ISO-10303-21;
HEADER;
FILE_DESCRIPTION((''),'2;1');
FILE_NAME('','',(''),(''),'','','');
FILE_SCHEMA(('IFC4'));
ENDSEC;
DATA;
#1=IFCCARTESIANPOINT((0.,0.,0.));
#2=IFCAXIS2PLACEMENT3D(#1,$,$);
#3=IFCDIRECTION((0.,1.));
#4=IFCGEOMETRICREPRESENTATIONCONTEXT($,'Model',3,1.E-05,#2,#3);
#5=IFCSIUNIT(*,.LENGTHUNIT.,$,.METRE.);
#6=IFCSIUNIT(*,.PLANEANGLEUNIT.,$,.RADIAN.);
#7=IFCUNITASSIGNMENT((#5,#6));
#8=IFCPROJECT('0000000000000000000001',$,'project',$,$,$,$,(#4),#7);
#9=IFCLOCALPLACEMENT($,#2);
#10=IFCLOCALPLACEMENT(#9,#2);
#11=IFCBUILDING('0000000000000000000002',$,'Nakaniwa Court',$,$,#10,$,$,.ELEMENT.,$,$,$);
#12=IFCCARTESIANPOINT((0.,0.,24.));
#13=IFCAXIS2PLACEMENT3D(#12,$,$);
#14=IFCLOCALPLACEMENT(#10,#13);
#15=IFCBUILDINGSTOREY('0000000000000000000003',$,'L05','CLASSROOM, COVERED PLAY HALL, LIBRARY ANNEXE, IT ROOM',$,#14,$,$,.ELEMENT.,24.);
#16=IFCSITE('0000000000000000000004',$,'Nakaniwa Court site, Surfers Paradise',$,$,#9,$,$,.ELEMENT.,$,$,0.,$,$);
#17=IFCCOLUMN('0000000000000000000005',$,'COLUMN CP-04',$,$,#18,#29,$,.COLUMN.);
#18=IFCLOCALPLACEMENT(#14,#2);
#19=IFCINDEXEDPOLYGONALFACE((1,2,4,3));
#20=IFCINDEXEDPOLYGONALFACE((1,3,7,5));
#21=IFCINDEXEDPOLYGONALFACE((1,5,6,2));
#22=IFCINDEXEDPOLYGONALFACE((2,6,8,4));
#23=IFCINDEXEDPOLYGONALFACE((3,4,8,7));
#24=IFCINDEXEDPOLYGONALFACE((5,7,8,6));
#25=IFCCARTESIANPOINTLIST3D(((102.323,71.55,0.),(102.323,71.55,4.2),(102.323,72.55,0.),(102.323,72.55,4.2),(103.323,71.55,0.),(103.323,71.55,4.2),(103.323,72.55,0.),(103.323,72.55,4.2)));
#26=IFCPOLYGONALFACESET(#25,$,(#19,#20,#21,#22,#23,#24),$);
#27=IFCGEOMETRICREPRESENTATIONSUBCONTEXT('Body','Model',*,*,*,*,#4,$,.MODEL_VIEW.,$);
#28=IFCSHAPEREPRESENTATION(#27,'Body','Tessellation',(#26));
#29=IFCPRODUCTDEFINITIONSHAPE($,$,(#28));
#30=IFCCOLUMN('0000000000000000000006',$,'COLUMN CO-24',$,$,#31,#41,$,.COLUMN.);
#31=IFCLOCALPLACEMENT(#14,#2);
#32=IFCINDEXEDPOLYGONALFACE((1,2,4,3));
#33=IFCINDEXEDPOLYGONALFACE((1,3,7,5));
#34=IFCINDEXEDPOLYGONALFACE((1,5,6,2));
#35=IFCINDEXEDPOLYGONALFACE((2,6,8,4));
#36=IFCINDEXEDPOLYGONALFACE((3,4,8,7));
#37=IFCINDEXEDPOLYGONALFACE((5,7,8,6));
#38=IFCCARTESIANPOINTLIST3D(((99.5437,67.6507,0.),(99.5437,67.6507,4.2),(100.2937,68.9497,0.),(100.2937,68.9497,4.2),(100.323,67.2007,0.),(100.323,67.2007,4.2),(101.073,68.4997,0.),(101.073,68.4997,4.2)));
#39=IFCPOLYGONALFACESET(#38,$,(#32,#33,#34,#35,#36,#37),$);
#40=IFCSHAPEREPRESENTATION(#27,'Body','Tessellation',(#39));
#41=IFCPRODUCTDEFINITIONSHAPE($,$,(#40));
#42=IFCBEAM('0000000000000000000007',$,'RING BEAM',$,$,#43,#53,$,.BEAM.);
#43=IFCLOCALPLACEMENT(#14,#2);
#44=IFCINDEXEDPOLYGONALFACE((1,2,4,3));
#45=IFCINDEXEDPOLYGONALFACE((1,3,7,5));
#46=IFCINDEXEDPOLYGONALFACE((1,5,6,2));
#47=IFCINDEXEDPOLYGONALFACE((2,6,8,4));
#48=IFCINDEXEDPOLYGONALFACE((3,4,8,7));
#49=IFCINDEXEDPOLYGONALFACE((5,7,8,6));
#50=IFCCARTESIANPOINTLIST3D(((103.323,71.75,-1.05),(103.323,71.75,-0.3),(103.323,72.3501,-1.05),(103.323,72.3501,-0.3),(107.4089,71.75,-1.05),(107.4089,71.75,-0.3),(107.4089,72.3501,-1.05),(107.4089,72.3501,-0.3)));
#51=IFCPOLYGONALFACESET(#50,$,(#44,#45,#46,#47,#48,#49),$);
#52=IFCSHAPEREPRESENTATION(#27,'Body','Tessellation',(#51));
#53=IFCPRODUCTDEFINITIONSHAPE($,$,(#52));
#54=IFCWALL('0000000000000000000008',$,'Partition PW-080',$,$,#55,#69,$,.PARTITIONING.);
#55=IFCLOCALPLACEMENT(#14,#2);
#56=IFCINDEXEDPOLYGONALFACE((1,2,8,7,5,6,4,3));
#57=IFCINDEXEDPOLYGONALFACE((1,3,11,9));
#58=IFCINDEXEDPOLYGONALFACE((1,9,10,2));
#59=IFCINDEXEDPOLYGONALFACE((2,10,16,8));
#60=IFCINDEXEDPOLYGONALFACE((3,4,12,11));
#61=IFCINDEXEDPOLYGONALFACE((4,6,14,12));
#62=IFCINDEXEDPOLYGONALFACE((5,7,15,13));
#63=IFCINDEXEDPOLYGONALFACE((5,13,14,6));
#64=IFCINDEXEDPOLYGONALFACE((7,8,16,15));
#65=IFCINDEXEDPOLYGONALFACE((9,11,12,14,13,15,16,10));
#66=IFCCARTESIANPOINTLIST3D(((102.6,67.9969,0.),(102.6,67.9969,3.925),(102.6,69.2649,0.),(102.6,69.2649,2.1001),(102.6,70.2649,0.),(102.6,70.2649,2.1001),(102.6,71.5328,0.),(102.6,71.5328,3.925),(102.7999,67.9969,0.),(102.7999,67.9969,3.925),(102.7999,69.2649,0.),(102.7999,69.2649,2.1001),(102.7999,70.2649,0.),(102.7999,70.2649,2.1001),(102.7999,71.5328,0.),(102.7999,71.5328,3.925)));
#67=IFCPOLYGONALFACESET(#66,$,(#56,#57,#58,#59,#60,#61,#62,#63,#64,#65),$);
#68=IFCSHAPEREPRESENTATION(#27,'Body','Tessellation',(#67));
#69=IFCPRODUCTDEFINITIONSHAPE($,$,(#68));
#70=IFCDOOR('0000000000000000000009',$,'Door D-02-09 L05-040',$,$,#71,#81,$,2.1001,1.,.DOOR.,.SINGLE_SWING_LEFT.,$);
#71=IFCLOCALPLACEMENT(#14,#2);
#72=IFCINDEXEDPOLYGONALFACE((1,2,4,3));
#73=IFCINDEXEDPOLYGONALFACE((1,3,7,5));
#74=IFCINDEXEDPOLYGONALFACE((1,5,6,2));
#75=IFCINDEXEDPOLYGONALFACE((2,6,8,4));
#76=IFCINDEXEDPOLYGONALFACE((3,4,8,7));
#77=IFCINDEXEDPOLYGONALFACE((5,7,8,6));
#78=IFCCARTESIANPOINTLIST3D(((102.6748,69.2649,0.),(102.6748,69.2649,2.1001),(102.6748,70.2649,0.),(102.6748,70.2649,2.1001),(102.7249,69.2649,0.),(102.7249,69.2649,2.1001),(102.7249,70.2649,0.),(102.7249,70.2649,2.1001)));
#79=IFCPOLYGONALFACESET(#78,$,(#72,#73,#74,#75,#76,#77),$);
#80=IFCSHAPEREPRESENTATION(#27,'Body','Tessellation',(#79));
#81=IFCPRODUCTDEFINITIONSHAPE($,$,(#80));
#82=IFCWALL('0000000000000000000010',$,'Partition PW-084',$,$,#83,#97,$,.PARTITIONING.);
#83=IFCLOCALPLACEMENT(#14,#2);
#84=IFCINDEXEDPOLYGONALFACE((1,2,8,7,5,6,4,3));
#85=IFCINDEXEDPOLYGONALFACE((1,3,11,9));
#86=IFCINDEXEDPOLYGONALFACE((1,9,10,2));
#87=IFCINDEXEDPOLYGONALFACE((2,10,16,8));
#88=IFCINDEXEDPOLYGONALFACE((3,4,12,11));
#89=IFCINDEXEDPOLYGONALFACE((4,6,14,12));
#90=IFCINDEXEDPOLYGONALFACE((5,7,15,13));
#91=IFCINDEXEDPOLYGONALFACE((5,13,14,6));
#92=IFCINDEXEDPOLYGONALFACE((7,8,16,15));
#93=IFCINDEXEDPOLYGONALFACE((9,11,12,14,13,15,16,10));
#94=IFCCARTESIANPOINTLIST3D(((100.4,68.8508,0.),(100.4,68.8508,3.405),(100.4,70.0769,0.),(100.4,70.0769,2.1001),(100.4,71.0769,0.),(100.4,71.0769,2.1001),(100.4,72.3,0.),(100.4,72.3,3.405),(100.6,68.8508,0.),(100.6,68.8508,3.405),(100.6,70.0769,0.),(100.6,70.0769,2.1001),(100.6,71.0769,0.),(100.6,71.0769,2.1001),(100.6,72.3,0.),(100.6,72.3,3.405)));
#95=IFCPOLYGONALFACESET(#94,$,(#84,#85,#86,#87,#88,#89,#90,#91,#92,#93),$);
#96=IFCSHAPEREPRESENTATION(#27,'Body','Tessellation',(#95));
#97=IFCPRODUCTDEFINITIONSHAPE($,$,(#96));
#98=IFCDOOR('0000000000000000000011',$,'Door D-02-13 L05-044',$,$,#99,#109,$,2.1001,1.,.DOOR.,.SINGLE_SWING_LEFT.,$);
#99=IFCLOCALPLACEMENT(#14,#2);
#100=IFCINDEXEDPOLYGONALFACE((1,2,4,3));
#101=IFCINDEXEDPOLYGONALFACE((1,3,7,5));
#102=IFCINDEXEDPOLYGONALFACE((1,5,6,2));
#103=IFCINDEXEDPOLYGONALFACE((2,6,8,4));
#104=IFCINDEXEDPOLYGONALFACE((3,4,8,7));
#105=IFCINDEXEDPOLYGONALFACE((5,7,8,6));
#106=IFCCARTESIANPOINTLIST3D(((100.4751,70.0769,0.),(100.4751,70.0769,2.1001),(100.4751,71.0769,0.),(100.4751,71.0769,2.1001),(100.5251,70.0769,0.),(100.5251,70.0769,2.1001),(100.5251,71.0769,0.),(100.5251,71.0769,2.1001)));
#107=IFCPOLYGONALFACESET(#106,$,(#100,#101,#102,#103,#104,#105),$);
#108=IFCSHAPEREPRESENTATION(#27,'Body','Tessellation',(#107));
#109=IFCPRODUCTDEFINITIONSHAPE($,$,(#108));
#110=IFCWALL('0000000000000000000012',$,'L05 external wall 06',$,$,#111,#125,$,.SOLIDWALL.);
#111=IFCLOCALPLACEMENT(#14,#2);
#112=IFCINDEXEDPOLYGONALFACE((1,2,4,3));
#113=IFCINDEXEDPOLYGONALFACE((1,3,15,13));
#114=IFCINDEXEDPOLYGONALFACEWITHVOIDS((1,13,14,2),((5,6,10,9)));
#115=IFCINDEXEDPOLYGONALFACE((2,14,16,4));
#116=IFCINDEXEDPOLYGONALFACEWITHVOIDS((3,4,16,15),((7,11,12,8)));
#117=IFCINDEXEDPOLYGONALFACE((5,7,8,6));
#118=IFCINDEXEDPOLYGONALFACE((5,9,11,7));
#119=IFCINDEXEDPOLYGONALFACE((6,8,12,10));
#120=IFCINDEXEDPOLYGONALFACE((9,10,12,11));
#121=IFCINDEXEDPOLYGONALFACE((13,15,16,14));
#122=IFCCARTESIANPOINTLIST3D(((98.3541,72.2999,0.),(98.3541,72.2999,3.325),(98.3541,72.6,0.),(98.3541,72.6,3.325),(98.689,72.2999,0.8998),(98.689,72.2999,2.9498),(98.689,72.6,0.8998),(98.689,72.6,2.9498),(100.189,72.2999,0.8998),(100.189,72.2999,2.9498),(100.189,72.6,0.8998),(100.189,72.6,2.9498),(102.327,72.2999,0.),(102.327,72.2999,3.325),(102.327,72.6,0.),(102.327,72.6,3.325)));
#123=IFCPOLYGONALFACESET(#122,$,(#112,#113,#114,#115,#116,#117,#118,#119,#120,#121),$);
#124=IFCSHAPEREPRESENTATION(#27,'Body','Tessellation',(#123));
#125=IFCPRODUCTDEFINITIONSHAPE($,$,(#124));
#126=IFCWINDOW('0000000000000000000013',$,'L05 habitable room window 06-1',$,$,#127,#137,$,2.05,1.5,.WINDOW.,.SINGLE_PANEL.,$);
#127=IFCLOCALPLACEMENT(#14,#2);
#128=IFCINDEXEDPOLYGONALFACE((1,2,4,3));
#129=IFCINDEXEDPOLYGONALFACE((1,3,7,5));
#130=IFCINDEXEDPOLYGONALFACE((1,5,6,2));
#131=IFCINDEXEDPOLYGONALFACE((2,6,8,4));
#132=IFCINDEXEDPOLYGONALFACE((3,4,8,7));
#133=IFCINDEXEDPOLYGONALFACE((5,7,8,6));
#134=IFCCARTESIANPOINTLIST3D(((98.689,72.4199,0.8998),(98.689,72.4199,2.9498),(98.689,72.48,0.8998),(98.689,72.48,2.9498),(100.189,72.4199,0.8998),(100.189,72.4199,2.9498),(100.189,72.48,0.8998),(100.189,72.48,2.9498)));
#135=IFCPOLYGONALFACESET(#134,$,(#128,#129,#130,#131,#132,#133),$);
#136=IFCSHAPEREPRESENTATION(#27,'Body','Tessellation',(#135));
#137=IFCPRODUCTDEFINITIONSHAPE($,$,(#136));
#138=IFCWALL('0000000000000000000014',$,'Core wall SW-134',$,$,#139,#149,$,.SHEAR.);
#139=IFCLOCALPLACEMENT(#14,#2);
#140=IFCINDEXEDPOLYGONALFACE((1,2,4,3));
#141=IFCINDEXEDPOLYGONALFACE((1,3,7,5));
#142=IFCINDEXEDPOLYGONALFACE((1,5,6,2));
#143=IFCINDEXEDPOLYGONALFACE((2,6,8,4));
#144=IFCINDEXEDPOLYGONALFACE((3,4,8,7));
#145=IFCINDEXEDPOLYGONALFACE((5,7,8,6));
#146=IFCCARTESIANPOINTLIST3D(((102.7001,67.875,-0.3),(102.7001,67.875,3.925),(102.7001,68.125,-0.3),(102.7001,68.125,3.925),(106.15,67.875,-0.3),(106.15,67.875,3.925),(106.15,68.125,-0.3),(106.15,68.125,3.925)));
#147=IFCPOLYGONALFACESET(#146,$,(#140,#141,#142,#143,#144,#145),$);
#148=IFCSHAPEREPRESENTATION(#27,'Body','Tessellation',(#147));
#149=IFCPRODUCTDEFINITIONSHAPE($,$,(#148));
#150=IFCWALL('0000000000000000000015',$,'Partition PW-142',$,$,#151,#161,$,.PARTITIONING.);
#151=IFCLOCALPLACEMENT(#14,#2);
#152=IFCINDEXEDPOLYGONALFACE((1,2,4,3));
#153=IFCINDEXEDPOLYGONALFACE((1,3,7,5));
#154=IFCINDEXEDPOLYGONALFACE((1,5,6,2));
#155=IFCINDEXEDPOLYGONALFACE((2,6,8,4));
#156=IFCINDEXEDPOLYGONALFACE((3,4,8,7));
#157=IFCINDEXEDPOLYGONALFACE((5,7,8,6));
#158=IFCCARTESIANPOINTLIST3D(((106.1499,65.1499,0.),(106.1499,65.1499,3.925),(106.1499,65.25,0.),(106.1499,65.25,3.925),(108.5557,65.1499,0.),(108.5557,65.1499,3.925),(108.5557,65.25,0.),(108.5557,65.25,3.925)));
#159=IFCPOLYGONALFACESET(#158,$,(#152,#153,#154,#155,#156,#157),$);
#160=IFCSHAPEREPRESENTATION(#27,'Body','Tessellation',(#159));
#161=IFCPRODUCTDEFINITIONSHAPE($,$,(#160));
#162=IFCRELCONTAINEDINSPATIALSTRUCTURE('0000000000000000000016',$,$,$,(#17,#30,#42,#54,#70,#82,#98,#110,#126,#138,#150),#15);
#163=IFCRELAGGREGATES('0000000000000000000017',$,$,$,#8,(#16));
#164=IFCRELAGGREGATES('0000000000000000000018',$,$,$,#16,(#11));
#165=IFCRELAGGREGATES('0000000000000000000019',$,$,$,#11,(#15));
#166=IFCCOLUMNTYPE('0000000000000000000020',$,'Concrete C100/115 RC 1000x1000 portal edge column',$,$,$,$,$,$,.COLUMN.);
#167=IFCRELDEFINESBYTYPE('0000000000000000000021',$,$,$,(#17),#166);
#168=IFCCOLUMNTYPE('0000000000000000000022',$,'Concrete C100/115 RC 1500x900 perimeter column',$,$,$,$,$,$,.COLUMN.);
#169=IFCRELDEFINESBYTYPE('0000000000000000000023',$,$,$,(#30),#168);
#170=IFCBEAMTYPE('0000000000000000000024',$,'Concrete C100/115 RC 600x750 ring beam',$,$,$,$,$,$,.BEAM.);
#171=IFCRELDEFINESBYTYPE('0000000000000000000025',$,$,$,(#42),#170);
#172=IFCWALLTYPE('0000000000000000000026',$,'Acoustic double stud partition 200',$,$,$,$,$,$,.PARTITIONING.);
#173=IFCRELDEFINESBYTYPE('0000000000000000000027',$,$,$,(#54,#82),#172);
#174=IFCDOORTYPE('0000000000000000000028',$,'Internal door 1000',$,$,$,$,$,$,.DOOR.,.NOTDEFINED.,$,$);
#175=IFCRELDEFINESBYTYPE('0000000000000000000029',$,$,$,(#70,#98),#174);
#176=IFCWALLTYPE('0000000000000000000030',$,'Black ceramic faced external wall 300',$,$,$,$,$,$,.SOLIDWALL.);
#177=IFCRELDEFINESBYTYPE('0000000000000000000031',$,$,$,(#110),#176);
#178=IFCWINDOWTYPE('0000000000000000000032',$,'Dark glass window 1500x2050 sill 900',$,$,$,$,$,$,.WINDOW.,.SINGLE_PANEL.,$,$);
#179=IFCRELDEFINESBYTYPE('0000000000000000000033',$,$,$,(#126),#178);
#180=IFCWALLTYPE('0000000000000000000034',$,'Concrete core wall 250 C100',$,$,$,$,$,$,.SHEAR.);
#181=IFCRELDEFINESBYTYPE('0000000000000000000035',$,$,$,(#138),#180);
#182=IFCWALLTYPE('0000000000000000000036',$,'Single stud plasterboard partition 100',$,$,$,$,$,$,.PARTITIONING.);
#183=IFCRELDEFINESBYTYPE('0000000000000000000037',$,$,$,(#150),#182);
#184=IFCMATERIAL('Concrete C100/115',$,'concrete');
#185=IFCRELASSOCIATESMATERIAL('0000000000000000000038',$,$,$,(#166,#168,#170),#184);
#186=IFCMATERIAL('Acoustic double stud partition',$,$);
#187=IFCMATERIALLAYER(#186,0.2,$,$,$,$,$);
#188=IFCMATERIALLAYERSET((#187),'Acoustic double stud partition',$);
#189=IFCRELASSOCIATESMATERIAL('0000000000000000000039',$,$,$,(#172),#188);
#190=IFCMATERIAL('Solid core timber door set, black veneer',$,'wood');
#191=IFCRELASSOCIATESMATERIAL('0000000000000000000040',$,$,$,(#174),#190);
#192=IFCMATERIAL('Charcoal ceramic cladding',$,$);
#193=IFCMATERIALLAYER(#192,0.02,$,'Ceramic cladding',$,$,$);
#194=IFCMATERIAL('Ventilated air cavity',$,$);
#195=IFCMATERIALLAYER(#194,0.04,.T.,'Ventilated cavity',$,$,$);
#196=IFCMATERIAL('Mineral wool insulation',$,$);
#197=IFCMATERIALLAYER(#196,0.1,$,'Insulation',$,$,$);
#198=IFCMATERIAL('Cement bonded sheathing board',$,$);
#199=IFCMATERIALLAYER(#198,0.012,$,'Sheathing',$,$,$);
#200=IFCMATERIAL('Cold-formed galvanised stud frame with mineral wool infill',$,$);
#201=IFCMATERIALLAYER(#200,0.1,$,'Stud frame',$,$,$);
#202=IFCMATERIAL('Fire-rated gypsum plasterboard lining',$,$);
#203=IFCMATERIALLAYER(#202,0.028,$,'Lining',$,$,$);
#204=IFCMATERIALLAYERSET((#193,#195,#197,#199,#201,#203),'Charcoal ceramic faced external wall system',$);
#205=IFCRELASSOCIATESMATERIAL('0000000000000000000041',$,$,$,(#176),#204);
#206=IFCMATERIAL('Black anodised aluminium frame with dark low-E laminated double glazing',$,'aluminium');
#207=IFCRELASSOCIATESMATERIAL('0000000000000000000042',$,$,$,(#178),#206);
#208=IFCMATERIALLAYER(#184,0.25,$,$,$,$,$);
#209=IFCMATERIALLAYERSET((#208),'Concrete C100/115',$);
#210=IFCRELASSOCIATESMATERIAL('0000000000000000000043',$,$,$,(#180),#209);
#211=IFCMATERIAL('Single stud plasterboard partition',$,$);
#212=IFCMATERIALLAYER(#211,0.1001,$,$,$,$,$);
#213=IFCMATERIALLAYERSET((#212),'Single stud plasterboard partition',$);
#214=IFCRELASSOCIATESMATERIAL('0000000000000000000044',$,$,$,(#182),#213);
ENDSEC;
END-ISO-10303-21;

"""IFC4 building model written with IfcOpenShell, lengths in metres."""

from ifc_helpers import new_model, si_unit, direction, frame, frame_2d, origin, origin_2d, place, context, subcontext, project, spatial, rectangle, extrude, material, layer, layer_set, material_profile, profile_set, type_object, element, fill, save


model = new_model("IFC4")

# Units and contexts
model_context = context("Model", 3, precision=1e-05, world=origin(), true_north=direction((0.0, 1.0)))
body_context = subcontext(model_context, "Body", "Model", "MODEL_VIEW")
ifc_project = project(units=[si_unit("LENGTHUNIT", "METRE"), si_unit("PLANEANGLEUNIT", "RADIAN")], contexts=[model_context])

# Site, building, storey
site_placement = place(None, origin())
site = spatial("IfcSite", under=ifc_project, at=site_placement, Name="Nakaniwa Court site, Surfers Paradise", CompositionType="ELEMENT", RefElevation=0.0)
building_placement = place(site_placement, origin())
building = spatial("IfcBuilding", under=site, at=building_placement, Name="Nakaniwa Court", CompositionType="ELEMENT")
storey_placement = place(building_placement, frame((0.0, 0.0, 24.0)))
storey = spatial("IfcBuildingStorey", under=building, at=storey_placement, Name="L05", Description="CLASSROOM, COVERED PLAY HALL, LIBRARY ANNEXE, IT ROOM", CompositionType="ELEMENT", Elevation=24.0)

# Columns
ifc_material_1 = material(Name="Concrete C100/115", Category="concrete")
ifc_material_profile_1 = material_profile(ifc_material_1, rectangle(XDim=1.0, YDim=1.0, at=origin_2d()), Name="Concrete C100/115 RC 1000x1000 portal edge column")
ifc_profile_set_1 = profile_set([ifc_material_profile_1], Name="Concrete C100/115")
column_type_1 = type_object("IfcColumnType", Name="Concrete C100/115 RC 1000x1000 portal edge column", PredefinedType="COLUMN", material=ifc_profile_set_1)
column_1_placement = place(storey_placement, frame((102.823, 72.05, 0.0), z_axis=(0.0, 0.0, 1.0), x_axis=(1.0, 0.0, 0.0)))
element("IfcColumn", 1, at=column_1_placement, inside=storey, type_object=column_type_1, Name="COLUMN CP-04", PredefinedType="COLUMN", context=body_context, shape_type="SweptSolid", body=[
    extrude(rectangle(XDim=1.0, YDim=1.0, at=origin_2d()), origin(), (0.0, 0.0, 1.0), 4.2),
])
ifc_material_profile_2 = material_profile(ifc_material_1, rectangle(XDim=1.5, YDim=0.8999, at=origin_2d()), Name="Concrete C100/115 RC 1500x900 perimeter column")
ifc_profile_set_2 = profile_set([ifc_material_profile_2], Name="Concrete C100/115")
column_type_2 = type_object("IfcColumnType", Name="Concrete C100/115 RC 1500x900 perimeter column", PredefinedType="COLUMN", material=ifc_profile_set_2)
column_2_placement = place(storey_placement, frame((100.3083, 68.0752, 0.0), z_axis=(0.0, 0.0, 1.0), x_axis=(0.5, 0.866025, 0.0)))
element("IfcColumn", 2, at=column_2_placement, inside=storey, type_object=column_type_2, Name="COLUMN CO-24", PredefinedType="COLUMN", context=body_context, shape_type="SweptSolid", body=[
    extrude(rectangle(XDim=1.5, YDim=0.8999, at=origin_2d()), origin(), (0.0, 0.0, 1.0), 4.2),
])

# Beam
ifc_material_profile_3 = material_profile(ifc_material_1, rectangle(XDim=0.6001, YDim=0.75, at=origin_2d()), Name="Concrete C100/115 RC 600x750 ring beam")
ifc_profile_set_3 = profile_set([ifc_material_profile_3], Name="Concrete C100/115")
beam_type = type_object("IfcBeamType", Name="Concrete C100/115 RC 600x750 ring beam", PredefinedType="BEAM", material=ifc_profile_set_3)
beam_placement = place(storey_placement, frame((103.323, 72.05, -0.675), z_axis=(1.0, 0.0, 0.0), x_axis=(0.0, 1.0, 0.0)))
element("IfcBeam", 3, at=beam_placement, inside=storey, type_object=beam_type, Name="RING BEAM", PredefinedType="BEAM", context=body_context, shape_type="SweptSolid", body=[
    extrude(rectangle(XDim=0.6001, YDim=0.75, at=origin_2d()), origin(), (0.0, 0.0, 1.0), 4.0859),
])

# Walls, openings, doors
ifc_material_2 = material(Name="Acoustic double stud partition")
ifc_layer_1 = layer(ifc_material_2, 0.2)
ifc_layer_set_1 = layer_set([ifc_layer_1], Name="Acoustic double stud partition")
wall_type_1 = type_object("IfcWallType", Name="Acoustic double stud partition 200", PredefinedType="PARTITIONING", material=ifc_layer_set_1)
wall_1_placement = place(storey_placement, frame((102.7, 71.533, 0.0), z_axis=(0.0, 0.0, 1.0), x_axis=(0.0, -1.0, 0.0)))
wall_1 = element("IfcWall", 4, at=wall_1_placement, inside=storey, type_object=wall_type_1, Name="Partition PW-080", PredefinedType="PARTITIONING", context=body_context, shape_type="SweptSolid", body=[
    extrude(rectangle(XDim=3.5359, YDim=0.2, at=frame_2d((1.7681, 0.0))), origin(), (0.0, 0.0, 1.0), 3.925),
])
opening_1_placement = place(wall_1_placement, frame((1.2681, 0.0, 0.0)))
opening_1 = element("IfcOpeningElement", 5, at=opening_1_placement, cuts=wall_1, PredefinedType="OPENING", context=body_context, shape_type="SweptSolid", body=[
    extrude(rectangle(XDim=1.0, YDim=2.1001, at=frame_2d((0.5, 1.05))), frame((0.0, 0.1099, 0.0), z_axis=(0.0, -1.0, 0.0), x_axis=(1.0, 0.0, 0.0)), (0.0, 0.0, 1.0), 0.22),
])
ifc_material_3 = material(Name="Solid core timber door set, black veneer", Category="wood")
door_type = type_object("IfcDoorType", Name="Internal door 1000", OperationType="NOTDEFINED", PredefinedType="DOOR", material=ifc_material_3)
door_1_placement = place(opening_1_placement, origin())
door_1 = element("IfcDoor", 6, at=door_1_placement, inside=storey, type_object=door_type, Name="Door D-02-09 L05-040", OperationType="SINGLE_SWING_LEFT", OverallHeight=2.1001, OverallWidth=1.0, PredefinedType="DOOR", context=body_context, shape_type="SweptSolid", body=[
    extrude(rectangle(XDim=1.0, YDim=2.1001, at=frame_2d((0.5, 1.05))), frame((0.0, 0.0249, 0.0), z_axis=(0.0, -1.0, 0.0), x_axis=(1.0, 0.0, 0.0)), (0.0, 0.0, 1.0), 0.05),
])
fill(opening_1, door_1)
wall_2_placement = place(storey_placement, frame((100.5, 68.8508, 0.0), z_axis=(0.0, 0.0, 1.0), x_axis=(0.0, 1.0, 0.0)))
wall_2 = element("IfcWall", 7, at=wall_2_placement, inside=storey, type_object=wall_type_1, Name="Partition PW-084", PredefinedType="PARTITIONING", context=body_context, shape_type="SweptSolid", body=[
    extrude(rectangle(XDim=3.4492, YDim=0.2, at=frame_2d((1.7246, 0.0))), origin(), (0.0, 0.0, 1.0), 3.405),
])
opening_2_placement = place(wall_2_placement, frame((1.2261, 0.0, 0.0)))
opening_2 = element("IfcOpeningElement", 8, at=opening_2_placement, cuts=wall_2, PredefinedType="OPENING", context=body_context, shape_type="SweptSolid", body=[
    extrude(rectangle(XDim=1.0, YDim=2.1001, at=frame_2d((0.5, 1.05))), frame((0.0, 0.1099, 0.0), z_axis=(0.0, -1.0, 0.0), x_axis=(1.0, 0.0, 0.0)), (0.0, 0.0, 1.0), 0.22),
])
door_2_placement = place(opening_2_placement, origin())
door_2 = element("IfcDoor", 9, at=door_2_placement, inside=storey, type_object=door_type, Name="Door D-02-13 L05-044", OperationType="SINGLE_SWING_LEFT", OverallHeight=2.1001, OverallWidth=1.0, PredefinedType="DOOR", context=body_context, shape_type="SweptSolid", body=[
    extrude(rectangle(XDim=1.0, YDim=2.1001, at=frame_2d((0.5, 1.05))), frame((0.0, 0.0249, 0.0), z_axis=(0.0, -1.0, 0.0), x_axis=(1.0, 0.0, 0.0)), (0.0, 0.0, 1.0), 0.05),
])
fill(opening_2, door_2)

# Wall, opening, window
ifc_material_4 = material(Name="Charcoal ceramic cladding")
ifc_layer_2 = layer(ifc_material_4, 0.02, Name="Ceramic cladding")
ifc_material_5 = material(Name="Ventilated air cavity")
ifc_layer_3 = layer(ifc_material_5, 0.04, ventilated=True, Name="Ventilated cavity")
ifc_material_6 = material(Name="Mineral wool insulation")
ifc_layer_4 = layer(ifc_material_6, 0.1, Name="Insulation")
ifc_material_7 = material(Name="Cement bonded sheathing board")
ifc_layer_5 = layer(ifc_material_7, 0.012, Name="Sheathing")
ifc_material_8 = material(Name="Cold-formed galvanised stud frame with mineral wool infill")
ifc_layer_6 = layer(ifc_material_8, 0.1, Name="Stud frame")
ifc_material_9 = material(Name="Fire-rated gypsum plasterboard lining")
ifc_layer_7 = layer(ifc_material_9, 0.028, Name="Lining")
ifc_layer_set_2 = layer_set([ifc_layer_2, ifc_layer_3, ifc_layer_4, ifc_layer_5, ifc_layer_6, ifc_layer_7], Name="Charcoal ceramic faced external wall system")
wall_type_2 = type_object("IfcWallType", Name="Black ceramic faced external wall 300", PredefinedType="SOLIDWALL", material=ifc_layer_set_2)
wall_3_placement = place(storey_placement, frame((102.3269, 72.45, 0.0), z_axis=(0.0, 0.0, 1.0), x_axis=(-1.0, 0.0, 0.0)))
wall_3 = element("IfcWall", 10, at=wall_3_placement, inside=storey, type_object=wall_type_2, Name="L05 external wall 06", PredefinedType="SOLIDWALL", context=body_context, shape_type="SweptSolid", body=[
    extrude(rectangle(XDim=3.9729, YDim=0.3, at=frame_2d((1.9863, 0.0))), origin(), (0.0, 0.0, 1.0), 3.325),
])
opening_3_placement = place(wall_3_placement, frame((2.1379, 0.0, 0.8999)))
opening_3 = element("IfcOpeningElement", 11, at=opening_3_placement, cuts=wall_3, PredefinedType="OPENING", context=body_context, shape_type="SweptSolid", body=[
    extrude(rectangle(XDim=1.5, YDim=2.05, at=frame_2d((0.75, 1.0249))), frame((0.0, 0.1599, 0.0), z_axis=(0.0, -1.0, 0.0), x_axis=(1.0, 0.0, 0.0)), (0.0, 0.0, 1.0), 0.3201),
])
ifc_material_10 = material(Name="Black anodised aluminium frame with dark low-E laminated double glazing", Category="aluminium")
window_type = type_object("IfcWindowType", Name="Dark glass window 1500x2050 sill 900", PartitioningType="SINGLE_PANEL", PredefinedType="WINDOW", material=ifc_material_10)
window_placement = place(opening_3_placement, origin())
window = element("IfcWindow", 12, at=window_placement, inside=storey, type_object=window_type, Name="L05 habitable room window 06-1", OverallHeight=2.05, OverallWidth=1.5, PartitioningType="SINGLE_PANEL", PredefinedType="WINDOW", context=body_context, shape_type="SweptSolid", body=[
    extrude(rectangle(XDim=1.5, YDim=2.05, at=frame_2d((0.75, 1.0249))), frame((0.0, 0.03, 0.0), z_axis=(0.0, -1.0, 0.0), x_axis=(1.0, 0.0, 0.0)), (0.0, 0.0, 1.0), 0.0601),
])
fill(opening_3, window)

# Walls
ifc_layer_8 = layer(ifc_material_1, 0.25)
ifc_layer_set_3 = layer_set([ifc_layer_8], Name="Concrete C100/115")
wall_type_3 = type_object("IfcWallType", Name="Concrete core wall 250 C100", PredefinedType="SHEAR", material=ifc_layer_set_3)
wall_4_placement = place(storey_placement, frame((102.7, 68.0, -0.3), z_axis=(0.0, 0.0, 1.0), x_axis=(1.0, 0.0, 0.0)))
element("IfcWall", 13, at=wall_4_placement, inside=storey, type_object=wall_type_3, Name="Core wall SW-134", PredefinedType="SHEAR", context=body_context, shape_type="SweptSolid", body=[
    extrude(rectangle(XDim=3.45, YDim=0.25, at=frame_2d((1.7251, 0.0))), origin(), (0.0, 0.0, 1.0), 4.2251),
])
ifc_material_11 = material(Name="Single stud plasterboard partition")
ifc_layer_9 = layer(ifc_material_11, 0.1001)
ifc_layer_set_4 = layer_set([ifc_layer_9], Name="Single stud plasterboard partition")
wall_type_4 = type_object("IfcWallType", Name="Single stud plasterboard partition 100", PredefinedType="PARTITIONING", material=ifc_layer_set_4)
wall_5_placement = place(storey_placement, frame((106.1499, 65.2, 0.0), z_axis=(0.0, 0.0, 1.0), x_axis=(1.0, 0.0, 0.0)))
element("IfcWall", 14, at=wall_5_placement, inside=storey, type_object=wall_type_4, Name="Partition PW-142", PredefinedType="PARTITIONING", context=body_context, shape_type="SweptSolid", body=[
    extrude(rectangle(XDim=2.4058, YDim=0.1001, at=frame_2d((1.2029, 0.0))), origin(), (0.0, 0.0, 1.0), 3.925),
])

save(model, "model.ifc")
